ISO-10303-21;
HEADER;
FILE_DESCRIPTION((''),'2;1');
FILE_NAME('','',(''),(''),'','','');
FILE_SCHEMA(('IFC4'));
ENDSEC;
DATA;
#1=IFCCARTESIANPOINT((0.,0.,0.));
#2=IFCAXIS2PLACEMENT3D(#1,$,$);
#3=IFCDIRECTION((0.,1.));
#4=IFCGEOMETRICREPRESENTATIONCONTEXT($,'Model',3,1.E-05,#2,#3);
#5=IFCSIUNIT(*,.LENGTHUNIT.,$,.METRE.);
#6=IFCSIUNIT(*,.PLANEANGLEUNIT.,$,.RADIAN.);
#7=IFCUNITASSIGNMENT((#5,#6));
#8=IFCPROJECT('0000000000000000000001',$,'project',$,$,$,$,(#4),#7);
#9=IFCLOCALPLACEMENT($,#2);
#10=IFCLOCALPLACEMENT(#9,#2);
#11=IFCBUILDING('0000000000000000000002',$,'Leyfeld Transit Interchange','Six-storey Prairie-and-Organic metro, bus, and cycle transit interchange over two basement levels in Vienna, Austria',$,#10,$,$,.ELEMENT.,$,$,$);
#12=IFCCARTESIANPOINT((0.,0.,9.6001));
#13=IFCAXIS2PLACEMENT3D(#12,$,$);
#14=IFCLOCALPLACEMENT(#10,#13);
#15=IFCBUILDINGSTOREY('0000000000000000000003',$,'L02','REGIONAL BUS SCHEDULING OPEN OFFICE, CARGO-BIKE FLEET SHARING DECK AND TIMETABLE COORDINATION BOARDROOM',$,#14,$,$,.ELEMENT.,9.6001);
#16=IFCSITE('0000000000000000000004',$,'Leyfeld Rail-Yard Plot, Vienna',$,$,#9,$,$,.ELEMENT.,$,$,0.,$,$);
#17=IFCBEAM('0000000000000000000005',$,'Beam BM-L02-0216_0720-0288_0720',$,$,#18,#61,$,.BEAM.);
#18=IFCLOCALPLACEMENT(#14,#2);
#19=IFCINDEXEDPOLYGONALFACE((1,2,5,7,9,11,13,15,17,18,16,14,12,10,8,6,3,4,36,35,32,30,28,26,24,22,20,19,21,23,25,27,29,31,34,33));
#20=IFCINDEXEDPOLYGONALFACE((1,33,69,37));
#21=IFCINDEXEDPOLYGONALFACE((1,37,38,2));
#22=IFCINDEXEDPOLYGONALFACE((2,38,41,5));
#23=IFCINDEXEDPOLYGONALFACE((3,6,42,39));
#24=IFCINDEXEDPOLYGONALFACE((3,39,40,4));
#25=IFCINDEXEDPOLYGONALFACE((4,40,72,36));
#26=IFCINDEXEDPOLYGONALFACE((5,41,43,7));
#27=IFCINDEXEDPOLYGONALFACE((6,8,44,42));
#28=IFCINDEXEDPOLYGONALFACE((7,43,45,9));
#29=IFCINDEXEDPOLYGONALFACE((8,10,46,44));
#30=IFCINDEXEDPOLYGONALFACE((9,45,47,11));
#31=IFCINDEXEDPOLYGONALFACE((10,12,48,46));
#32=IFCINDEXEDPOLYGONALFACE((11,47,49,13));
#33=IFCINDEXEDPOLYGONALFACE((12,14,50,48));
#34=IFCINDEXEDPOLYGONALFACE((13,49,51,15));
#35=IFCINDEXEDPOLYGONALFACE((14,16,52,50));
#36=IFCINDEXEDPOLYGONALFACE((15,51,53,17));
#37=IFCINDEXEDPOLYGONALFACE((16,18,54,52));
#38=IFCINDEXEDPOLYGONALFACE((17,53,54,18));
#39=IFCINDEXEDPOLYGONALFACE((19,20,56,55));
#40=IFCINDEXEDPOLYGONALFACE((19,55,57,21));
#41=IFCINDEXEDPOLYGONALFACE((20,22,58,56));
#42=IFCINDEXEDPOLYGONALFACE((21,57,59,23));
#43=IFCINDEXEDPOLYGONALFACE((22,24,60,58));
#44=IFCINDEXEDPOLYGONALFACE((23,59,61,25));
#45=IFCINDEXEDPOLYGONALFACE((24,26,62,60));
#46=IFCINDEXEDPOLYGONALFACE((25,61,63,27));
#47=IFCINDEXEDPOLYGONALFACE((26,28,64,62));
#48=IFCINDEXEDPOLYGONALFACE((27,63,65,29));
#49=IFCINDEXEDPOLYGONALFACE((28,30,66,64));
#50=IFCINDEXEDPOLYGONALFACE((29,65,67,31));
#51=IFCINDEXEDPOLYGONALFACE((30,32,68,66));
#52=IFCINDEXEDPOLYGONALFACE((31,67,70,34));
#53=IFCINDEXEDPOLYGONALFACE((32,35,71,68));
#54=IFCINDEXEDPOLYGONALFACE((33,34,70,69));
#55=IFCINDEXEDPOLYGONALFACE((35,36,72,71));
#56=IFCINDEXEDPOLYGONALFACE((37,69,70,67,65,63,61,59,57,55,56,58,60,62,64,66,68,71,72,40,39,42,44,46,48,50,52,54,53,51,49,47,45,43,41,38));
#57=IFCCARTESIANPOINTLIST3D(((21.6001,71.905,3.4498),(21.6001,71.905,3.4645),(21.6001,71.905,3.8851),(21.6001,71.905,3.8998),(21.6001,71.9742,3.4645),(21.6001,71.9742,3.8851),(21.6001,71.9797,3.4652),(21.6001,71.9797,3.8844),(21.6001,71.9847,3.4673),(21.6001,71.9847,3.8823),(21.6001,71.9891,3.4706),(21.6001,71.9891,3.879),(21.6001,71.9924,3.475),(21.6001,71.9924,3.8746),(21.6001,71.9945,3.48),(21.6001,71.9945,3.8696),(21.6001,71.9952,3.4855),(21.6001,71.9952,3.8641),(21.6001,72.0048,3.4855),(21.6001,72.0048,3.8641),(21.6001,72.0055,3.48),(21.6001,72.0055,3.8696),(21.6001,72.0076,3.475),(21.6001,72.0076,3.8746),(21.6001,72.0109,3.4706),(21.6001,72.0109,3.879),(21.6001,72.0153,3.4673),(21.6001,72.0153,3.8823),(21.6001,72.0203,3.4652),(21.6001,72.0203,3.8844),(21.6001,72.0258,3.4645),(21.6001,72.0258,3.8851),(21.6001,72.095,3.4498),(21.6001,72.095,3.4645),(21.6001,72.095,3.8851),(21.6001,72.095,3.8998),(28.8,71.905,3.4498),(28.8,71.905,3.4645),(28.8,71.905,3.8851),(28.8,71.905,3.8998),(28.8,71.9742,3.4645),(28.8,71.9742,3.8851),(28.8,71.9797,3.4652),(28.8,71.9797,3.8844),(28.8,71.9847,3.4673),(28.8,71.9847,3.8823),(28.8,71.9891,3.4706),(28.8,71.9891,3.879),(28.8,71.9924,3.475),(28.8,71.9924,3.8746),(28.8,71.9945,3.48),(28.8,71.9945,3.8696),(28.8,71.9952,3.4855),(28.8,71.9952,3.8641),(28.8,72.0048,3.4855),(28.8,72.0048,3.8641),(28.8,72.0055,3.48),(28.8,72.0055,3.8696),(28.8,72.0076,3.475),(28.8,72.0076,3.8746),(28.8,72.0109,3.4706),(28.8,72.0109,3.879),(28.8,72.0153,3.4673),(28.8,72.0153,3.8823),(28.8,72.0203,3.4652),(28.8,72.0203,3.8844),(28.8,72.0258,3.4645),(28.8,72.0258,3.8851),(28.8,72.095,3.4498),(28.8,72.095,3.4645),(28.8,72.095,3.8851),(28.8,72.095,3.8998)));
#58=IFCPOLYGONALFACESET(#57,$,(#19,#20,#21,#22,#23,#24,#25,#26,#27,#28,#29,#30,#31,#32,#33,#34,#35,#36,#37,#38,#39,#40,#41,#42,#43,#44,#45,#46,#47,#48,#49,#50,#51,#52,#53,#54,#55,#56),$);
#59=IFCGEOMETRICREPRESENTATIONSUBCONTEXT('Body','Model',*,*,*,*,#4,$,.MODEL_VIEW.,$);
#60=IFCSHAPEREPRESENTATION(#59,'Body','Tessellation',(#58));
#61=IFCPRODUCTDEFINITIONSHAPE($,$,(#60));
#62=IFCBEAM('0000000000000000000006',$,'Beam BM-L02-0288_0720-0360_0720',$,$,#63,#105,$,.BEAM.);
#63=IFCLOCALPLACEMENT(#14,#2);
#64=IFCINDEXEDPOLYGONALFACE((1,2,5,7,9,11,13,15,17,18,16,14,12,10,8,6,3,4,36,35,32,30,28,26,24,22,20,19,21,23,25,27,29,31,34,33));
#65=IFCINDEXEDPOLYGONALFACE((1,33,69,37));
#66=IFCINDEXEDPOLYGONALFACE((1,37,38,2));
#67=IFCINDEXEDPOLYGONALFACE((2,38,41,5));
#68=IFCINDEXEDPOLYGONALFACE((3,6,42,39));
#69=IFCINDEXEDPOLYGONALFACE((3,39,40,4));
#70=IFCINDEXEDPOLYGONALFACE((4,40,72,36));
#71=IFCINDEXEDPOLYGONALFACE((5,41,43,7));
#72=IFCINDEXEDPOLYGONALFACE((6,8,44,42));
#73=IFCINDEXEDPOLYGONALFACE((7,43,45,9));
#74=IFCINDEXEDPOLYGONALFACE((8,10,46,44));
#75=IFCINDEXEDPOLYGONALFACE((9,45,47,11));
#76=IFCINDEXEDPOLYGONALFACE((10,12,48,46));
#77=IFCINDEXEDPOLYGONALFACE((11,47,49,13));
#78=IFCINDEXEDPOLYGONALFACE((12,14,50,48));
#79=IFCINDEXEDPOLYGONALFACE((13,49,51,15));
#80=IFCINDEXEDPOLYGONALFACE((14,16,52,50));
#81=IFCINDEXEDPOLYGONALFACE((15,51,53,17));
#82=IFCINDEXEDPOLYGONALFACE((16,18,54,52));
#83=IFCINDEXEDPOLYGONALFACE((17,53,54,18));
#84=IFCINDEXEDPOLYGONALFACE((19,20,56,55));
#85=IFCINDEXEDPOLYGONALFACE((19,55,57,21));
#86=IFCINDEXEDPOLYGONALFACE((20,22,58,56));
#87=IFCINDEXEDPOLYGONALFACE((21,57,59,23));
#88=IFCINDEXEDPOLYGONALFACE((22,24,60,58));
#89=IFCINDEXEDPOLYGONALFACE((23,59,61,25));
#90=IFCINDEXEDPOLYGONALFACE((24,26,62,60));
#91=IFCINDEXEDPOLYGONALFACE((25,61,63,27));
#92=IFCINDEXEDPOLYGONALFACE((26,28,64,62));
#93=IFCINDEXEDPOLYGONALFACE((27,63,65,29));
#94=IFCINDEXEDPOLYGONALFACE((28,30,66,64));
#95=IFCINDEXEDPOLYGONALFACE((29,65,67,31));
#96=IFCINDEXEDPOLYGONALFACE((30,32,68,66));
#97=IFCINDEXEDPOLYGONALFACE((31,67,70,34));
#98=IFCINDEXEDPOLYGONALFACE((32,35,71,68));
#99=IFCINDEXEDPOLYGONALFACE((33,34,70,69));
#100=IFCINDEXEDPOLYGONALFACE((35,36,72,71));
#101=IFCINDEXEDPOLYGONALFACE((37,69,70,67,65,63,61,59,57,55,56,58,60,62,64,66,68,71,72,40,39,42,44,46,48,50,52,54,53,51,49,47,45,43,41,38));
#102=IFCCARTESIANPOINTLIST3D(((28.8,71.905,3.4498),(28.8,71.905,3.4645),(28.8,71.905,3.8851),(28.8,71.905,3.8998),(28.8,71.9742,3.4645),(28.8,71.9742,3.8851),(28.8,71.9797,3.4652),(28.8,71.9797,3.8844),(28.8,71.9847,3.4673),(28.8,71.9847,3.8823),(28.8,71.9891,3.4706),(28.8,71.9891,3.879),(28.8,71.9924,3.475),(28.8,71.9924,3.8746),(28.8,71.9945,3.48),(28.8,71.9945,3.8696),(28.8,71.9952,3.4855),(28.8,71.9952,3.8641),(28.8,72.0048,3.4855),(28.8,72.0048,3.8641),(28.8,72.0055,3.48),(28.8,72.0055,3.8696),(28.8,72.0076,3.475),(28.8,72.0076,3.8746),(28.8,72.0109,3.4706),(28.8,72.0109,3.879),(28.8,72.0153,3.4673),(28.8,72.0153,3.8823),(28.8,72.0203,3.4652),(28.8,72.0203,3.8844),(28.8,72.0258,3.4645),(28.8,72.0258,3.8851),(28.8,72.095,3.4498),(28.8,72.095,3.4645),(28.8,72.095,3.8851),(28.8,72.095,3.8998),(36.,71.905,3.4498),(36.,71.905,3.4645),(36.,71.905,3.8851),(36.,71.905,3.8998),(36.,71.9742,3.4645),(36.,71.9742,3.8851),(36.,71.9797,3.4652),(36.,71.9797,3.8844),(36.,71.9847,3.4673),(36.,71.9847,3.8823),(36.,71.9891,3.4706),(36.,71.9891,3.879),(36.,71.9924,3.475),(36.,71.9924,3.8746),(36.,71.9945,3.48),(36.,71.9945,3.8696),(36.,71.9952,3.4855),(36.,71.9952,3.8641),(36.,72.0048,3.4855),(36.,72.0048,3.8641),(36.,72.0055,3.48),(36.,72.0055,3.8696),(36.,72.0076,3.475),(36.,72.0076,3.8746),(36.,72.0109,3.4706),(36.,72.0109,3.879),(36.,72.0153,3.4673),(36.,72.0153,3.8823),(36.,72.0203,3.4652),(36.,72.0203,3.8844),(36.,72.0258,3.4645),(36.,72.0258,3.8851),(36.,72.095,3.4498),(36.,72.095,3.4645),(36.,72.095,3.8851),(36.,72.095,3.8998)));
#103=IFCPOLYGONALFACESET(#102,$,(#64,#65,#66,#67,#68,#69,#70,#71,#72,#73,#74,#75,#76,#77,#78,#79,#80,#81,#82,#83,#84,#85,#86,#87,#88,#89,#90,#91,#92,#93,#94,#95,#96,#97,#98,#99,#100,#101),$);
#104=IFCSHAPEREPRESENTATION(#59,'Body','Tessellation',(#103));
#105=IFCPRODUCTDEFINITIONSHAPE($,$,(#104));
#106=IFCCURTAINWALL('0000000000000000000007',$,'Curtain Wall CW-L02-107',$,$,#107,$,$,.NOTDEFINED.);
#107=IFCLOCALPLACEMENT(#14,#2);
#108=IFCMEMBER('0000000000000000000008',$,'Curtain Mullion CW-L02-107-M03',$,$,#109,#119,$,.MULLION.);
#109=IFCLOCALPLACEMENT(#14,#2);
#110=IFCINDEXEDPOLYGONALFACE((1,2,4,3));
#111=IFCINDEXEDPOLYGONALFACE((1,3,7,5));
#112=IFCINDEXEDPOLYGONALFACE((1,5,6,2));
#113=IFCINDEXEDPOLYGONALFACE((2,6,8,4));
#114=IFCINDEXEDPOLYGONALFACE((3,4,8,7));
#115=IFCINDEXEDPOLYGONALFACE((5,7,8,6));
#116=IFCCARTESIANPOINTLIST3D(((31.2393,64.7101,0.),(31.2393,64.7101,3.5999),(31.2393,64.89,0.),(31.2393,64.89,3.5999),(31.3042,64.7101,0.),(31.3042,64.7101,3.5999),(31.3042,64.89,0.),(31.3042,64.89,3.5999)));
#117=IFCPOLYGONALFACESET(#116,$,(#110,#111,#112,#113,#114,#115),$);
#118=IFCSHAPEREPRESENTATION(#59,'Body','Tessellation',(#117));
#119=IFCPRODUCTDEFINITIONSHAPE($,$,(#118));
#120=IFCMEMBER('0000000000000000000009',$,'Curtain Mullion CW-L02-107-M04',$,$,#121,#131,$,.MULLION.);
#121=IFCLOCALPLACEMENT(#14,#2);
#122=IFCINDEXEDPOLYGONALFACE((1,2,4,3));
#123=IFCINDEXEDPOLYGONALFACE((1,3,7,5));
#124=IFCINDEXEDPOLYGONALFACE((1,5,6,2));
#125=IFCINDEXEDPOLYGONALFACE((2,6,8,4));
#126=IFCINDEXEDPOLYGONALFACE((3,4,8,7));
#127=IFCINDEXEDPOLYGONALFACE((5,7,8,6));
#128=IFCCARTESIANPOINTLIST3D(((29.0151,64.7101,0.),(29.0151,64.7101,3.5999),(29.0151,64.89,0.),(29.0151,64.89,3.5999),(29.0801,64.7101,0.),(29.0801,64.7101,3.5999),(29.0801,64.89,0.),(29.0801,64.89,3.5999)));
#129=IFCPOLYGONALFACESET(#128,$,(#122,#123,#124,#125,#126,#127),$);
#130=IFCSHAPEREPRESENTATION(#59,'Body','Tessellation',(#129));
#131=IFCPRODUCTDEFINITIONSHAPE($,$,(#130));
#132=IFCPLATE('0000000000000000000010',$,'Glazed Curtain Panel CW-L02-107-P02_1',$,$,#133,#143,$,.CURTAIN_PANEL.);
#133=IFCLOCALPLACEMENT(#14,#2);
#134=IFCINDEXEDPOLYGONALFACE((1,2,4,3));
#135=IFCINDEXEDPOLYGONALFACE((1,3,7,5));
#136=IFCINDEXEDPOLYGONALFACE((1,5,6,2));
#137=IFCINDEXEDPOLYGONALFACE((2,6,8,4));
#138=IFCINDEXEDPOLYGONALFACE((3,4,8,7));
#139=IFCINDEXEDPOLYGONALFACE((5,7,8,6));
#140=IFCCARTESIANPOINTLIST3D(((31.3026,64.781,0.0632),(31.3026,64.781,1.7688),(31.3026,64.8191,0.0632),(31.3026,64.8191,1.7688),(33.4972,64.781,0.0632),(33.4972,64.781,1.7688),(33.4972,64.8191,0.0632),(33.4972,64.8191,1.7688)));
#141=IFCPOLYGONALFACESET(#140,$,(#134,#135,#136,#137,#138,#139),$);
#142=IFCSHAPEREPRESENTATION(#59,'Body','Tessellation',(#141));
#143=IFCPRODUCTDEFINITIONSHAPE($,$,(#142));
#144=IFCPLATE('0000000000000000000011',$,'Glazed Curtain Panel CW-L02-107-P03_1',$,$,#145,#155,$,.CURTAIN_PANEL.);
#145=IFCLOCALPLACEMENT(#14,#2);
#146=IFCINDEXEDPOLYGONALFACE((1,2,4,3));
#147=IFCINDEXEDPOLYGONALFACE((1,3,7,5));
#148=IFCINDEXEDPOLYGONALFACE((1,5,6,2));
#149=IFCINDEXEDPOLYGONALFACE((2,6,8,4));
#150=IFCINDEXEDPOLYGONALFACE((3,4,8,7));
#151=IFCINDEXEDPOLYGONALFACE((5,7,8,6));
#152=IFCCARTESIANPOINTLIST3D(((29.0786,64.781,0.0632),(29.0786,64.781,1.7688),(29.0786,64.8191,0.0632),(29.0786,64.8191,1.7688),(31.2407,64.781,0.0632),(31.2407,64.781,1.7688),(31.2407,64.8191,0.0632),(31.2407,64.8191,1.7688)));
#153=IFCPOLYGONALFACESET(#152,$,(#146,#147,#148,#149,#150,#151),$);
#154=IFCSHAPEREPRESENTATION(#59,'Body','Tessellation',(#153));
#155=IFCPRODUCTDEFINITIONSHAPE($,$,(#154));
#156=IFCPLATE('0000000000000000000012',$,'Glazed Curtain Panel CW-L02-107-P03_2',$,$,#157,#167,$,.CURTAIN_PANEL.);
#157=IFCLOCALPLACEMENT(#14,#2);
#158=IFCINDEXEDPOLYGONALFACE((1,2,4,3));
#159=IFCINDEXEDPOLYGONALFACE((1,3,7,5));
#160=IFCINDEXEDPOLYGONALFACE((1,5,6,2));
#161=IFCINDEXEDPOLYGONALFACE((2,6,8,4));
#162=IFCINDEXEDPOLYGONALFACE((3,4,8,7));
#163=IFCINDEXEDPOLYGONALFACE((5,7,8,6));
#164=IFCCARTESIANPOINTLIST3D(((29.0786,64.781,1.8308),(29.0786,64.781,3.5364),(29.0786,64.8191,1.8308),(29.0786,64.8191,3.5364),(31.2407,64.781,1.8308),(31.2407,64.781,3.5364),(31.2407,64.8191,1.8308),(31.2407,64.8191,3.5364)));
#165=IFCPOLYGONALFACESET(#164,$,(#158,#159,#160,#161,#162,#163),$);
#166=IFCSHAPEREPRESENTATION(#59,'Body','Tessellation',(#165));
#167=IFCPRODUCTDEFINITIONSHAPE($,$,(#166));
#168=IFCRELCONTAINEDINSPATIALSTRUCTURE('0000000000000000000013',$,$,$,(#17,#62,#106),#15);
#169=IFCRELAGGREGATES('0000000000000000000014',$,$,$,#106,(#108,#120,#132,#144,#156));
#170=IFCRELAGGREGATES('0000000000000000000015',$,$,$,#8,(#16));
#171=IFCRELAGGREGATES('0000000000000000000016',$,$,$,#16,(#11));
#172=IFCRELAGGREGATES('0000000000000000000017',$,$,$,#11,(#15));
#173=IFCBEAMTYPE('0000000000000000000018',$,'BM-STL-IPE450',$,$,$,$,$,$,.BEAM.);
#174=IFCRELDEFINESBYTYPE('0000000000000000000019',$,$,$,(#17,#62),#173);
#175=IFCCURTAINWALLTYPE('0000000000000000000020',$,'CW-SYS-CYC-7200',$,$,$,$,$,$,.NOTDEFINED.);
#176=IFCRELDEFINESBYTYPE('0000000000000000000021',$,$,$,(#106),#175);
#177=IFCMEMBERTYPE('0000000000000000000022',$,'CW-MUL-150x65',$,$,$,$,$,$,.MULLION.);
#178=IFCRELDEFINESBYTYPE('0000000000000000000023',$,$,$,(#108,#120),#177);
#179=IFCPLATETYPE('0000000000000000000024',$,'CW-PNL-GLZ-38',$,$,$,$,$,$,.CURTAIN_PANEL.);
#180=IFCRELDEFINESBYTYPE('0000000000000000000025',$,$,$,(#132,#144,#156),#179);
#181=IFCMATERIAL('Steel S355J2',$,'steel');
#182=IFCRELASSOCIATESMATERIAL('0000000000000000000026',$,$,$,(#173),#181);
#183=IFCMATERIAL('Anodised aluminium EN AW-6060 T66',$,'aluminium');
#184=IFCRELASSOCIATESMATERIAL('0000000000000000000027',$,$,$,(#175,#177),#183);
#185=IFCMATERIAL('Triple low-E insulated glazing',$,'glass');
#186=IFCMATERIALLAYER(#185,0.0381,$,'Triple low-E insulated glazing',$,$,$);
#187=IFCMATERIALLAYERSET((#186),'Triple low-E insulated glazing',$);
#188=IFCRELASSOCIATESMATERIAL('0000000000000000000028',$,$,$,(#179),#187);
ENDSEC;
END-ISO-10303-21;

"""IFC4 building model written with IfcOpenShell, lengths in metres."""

from ifc_helpers import new_model, si_unit, direction, frame, origin, origin_2d, place, context, subcontext, project, spatial, rectangle, i_section, extrude, material, layer, layer_set, material_profile, profile_set, type_object, element, aggregate, save


model = new_model("IFC4")

# Units and contexts
model_context = context("Model", 3, precision=1e-05, world=origin(), true_north=direction((0.0, 1.0)))
body_context = subcontext(model_context, "Body", "Model", "MODEL_VIEW")
ifc_project = project(units=[si_unit("LENGTHUNIT", "METRE"), si_unit("PLANEANGLEUNIT", "RADIAN")], contexts=[model_context])

# Site, building, storey
site_placement = place(None, origin())
site = spatial("IfcSite", under=ifc_project, at=site_placement, Name="Leyfeld Rail-Yard Plot, Vienna", CompositionType="ELEMENT", RefElevation=0.0)
building_placement = place(site_placement, origin())
building = spatial("IfcBuilding", under=site, at=building_placement, Name="Leyfeld Transit Interchange", Description="Six-storey Prairie-and-Organic metro, bus, and cycle transit interchange over two basement levels in Vienna, Austria", CompositionType="ELEMENT")
storey_placement = place(building_placement, frame((0.0, 0.0, 9.6001)))
storey = spatial("IfcBuildingStorey", under=building, at=storey_placement, Name="L02", Description="REGIONAL BUS SCHEDULING OPEN OFFICE, CARGO-BIKE FLEET SHARING DECK AND TIMETABLE COORDINATION BOARDROOM", CompositionType="ELEMENT", Elevation=9.6001)

# Beams
ifc_material_1 = material(Name="Steel S355J2", Category="steel")
ifc_material_profile_1 = material_profile(ifc_material_1, i_section(OverallWidth=0.1899, OverallDepth=0.45, WebThickness=0.0095, FlangeThickness=0.0146, FilletRadius=0.021, at=origin_2d()), Name="IPE 450")
ifc_profile_set_1 = profile_set([ifc_material_profile_1], Name="Steel S355J2")
beam_type_1 = type_object("IfcBeamType", Name="BM-STL-IPE450", PredefinedType="BEAM", material=ifc_profile_set_1)
for number, where, z_axis, x_axis, name in (
    (1, (21.6001, 72.0, 3.6748), (1.0, 0.0, 0.0), (0.0, 1.0, 0.0), "Beam BM-L02-0216_0720-0288_0720"),
    (2, (28.8, 72.0, 3.6748), (1.0, 0.0, 0.0), (0.0, 1.0, 0.0), "Beam BM-L02-0288_0720-0360_0720"),
):
    element("IfcBeam", number, at=place(storey_placement, frame(where, z_axis=z_axis, x_axis=x_axis)), inside=storey, type_object=beam_type_1, Name=name, PredefinedType="BEAM", context=body_context, shape_type="SweptSolid", body=[
        extrude(i_section(OverallWidth=0.1899, OverallDepth=0.45, WebThickness=0.0095, FlangeThickness=0.0146, FilletRadius=0.021, at=origin_2d()), origin(), (0.0, 0.0, 1.0), 7.2),
    ])

# Curtain wall, members, plates
ifc_material_2 = material(Name="Anodised aluminium EN AW-6060 T66", Category="aluminium")
curtain_wall_type = type_object("IfcCurtainWallType", Name="CW-SYS-CYC-7200", PredefinedType="NOTDEFINED", material=ifc_material_2)
curtain_wall_placement = place(storey_placement, origin())
curtain_wall = element("IfcCurtainWall", 3, at=curtain_wall_placement, inside=storey, type_object=curtain_wall_type, Name="Curtain Wall CW-L02-107", PredefinedType="NOTDEFINED")
ifc_material_profile_2 = material_profile(ifc_material_2, rectangle(XDim=0.0649, YDim=0.1799, at=origin_2d()), Name="CW-M 65x180")
ifc_profile_set_2 = profile_set([ifc_material_profile_2], Name="Anodised aluminium EN AW-6060 T66")
member_type = type_object("IfcMemberType", Name="CW-MUL-150x65", PredefinedType="MULLION", material=ifc_profile_set_2)
member_1_placement = place(storey_placement, frame((31.2717, 64.8, 0.0), z_axis=(0.0, 0.0, 1.0), x_axis=(-1.0, 0.0, 0.0)))
member_1 = element("IfcMember", 4, at=member_1_placement, type_object=member_type, Name="Curtain Mullion CW-L02-107-M03", PredefinedType="MULLION", context=body_context, shape_type="SweptSolid", body=[
    extrude(rectangle(XDim=0.0649, YDim=0.1799, at=origin_2d()), origin(), (0.0, 0.0, 1.0), 3.5999),
])
member_2_placement = place(storey_placement, frame((29.0476, 64.8, 0.0), z_axis=(0.0, 0.0, 1.0), x_axis=(-1.0, 0.0, 0.0)))
member_2 = element("IfcMember", 5, at=member_2_placement, type_object=member_type, Name="Curtain Mullion CW-L02-107-M04", PredefinedType="MULLION", context=body_context, shape_type="SweptSolid", body=[
    extrude(rectangle(XDim=0.0649, YDim=0.1799, at=origin_2d()), origin(), (0.0, 0.0, 1.0), 3.5999),
])
ifc_material_3 = material(Name="Triple low-E insulated glazing", Category="glass")
ifc_layer_1 = layer(ifc_material_3, 0.0381, Name="Triple low-E insulated glazing")
ifc_layer_set_1 = layer_set([ifc_layer_1], Name="Triple low-E insulated glazing")
plate_type = type_object("IfcPlateType", Name="CW-PNL-GLZ-38", PredefinedType="CURTAIN_PANEL", material=ifc_layer_set_1)
plate_1_placement = place(storey_placement, frame((32.3999, 64.8, 0.0632), z_axis=(0.0, 0.0, 1.0), x_axis=(-1.0, 0.0, 0.0)))
plate_1 = element("IfcPlate", 6, at=plate_1_placement, type_object=plate_type, Name="Glazed Curtain Panel CW-L02-107-P02_1", PredefinedType="CURTAIN_PANEL", context=body_context, shape_type="SweptSolid", body=[
    extrude(rectangle(XDim=2.1946, YDim=0.0381, at=origin_2d()), origin(), (0.0, 0.0, 1.0), 1.7056),
])
plate_2_placement = place(storey_placement, frame((30.1597, 64.8, 0.0632), z_axis=(0.0, 0.0, 1.0), x_axis=(-1.0, 0.0, 0.0)))
plate_2 = element("IfcPlate", 7, at=plate_2_placement, type_object=plate_type, Name="Glazed Curtain Panel CW-L02-107-P03_1", PredefinedType="CURTAIN_PANEL", context=body_context, shape_type="SweptSolid", body=[
    extrude(rectangle(XDim=2.1621, YDim=0.0381, at=origin_2d()), origin(), (0.0, 0.0, 1.0), 1.7056),
])
plate_3_placement = place(storey_placement, frame((30.1597, 64.8, 1.8308), z_axis=(0.0, 0.0, 1.0), x_axis=(-1.0, 0.0, 0.0)))
plate_3 = element("IfcPlate", 8, at=plate_3_placement, type_object=plate_type, Name="Glazed Curtain Panel CW-L02-107-P03_2", PredefinedType="CURTAIN_PANEL", context=body_context, shape_type="SweptSolid", body=[
    extrude(rectangle(XDim=2.1621, YDim=0.0381, at=origin_2d()), origin(), (0.0, 0.0, 1.0), 1.7056),
])
aggregate(curtain_wall, [member_1, member_2, plate_1, plate_2, plate_3])

save(model, "model.ifc")
